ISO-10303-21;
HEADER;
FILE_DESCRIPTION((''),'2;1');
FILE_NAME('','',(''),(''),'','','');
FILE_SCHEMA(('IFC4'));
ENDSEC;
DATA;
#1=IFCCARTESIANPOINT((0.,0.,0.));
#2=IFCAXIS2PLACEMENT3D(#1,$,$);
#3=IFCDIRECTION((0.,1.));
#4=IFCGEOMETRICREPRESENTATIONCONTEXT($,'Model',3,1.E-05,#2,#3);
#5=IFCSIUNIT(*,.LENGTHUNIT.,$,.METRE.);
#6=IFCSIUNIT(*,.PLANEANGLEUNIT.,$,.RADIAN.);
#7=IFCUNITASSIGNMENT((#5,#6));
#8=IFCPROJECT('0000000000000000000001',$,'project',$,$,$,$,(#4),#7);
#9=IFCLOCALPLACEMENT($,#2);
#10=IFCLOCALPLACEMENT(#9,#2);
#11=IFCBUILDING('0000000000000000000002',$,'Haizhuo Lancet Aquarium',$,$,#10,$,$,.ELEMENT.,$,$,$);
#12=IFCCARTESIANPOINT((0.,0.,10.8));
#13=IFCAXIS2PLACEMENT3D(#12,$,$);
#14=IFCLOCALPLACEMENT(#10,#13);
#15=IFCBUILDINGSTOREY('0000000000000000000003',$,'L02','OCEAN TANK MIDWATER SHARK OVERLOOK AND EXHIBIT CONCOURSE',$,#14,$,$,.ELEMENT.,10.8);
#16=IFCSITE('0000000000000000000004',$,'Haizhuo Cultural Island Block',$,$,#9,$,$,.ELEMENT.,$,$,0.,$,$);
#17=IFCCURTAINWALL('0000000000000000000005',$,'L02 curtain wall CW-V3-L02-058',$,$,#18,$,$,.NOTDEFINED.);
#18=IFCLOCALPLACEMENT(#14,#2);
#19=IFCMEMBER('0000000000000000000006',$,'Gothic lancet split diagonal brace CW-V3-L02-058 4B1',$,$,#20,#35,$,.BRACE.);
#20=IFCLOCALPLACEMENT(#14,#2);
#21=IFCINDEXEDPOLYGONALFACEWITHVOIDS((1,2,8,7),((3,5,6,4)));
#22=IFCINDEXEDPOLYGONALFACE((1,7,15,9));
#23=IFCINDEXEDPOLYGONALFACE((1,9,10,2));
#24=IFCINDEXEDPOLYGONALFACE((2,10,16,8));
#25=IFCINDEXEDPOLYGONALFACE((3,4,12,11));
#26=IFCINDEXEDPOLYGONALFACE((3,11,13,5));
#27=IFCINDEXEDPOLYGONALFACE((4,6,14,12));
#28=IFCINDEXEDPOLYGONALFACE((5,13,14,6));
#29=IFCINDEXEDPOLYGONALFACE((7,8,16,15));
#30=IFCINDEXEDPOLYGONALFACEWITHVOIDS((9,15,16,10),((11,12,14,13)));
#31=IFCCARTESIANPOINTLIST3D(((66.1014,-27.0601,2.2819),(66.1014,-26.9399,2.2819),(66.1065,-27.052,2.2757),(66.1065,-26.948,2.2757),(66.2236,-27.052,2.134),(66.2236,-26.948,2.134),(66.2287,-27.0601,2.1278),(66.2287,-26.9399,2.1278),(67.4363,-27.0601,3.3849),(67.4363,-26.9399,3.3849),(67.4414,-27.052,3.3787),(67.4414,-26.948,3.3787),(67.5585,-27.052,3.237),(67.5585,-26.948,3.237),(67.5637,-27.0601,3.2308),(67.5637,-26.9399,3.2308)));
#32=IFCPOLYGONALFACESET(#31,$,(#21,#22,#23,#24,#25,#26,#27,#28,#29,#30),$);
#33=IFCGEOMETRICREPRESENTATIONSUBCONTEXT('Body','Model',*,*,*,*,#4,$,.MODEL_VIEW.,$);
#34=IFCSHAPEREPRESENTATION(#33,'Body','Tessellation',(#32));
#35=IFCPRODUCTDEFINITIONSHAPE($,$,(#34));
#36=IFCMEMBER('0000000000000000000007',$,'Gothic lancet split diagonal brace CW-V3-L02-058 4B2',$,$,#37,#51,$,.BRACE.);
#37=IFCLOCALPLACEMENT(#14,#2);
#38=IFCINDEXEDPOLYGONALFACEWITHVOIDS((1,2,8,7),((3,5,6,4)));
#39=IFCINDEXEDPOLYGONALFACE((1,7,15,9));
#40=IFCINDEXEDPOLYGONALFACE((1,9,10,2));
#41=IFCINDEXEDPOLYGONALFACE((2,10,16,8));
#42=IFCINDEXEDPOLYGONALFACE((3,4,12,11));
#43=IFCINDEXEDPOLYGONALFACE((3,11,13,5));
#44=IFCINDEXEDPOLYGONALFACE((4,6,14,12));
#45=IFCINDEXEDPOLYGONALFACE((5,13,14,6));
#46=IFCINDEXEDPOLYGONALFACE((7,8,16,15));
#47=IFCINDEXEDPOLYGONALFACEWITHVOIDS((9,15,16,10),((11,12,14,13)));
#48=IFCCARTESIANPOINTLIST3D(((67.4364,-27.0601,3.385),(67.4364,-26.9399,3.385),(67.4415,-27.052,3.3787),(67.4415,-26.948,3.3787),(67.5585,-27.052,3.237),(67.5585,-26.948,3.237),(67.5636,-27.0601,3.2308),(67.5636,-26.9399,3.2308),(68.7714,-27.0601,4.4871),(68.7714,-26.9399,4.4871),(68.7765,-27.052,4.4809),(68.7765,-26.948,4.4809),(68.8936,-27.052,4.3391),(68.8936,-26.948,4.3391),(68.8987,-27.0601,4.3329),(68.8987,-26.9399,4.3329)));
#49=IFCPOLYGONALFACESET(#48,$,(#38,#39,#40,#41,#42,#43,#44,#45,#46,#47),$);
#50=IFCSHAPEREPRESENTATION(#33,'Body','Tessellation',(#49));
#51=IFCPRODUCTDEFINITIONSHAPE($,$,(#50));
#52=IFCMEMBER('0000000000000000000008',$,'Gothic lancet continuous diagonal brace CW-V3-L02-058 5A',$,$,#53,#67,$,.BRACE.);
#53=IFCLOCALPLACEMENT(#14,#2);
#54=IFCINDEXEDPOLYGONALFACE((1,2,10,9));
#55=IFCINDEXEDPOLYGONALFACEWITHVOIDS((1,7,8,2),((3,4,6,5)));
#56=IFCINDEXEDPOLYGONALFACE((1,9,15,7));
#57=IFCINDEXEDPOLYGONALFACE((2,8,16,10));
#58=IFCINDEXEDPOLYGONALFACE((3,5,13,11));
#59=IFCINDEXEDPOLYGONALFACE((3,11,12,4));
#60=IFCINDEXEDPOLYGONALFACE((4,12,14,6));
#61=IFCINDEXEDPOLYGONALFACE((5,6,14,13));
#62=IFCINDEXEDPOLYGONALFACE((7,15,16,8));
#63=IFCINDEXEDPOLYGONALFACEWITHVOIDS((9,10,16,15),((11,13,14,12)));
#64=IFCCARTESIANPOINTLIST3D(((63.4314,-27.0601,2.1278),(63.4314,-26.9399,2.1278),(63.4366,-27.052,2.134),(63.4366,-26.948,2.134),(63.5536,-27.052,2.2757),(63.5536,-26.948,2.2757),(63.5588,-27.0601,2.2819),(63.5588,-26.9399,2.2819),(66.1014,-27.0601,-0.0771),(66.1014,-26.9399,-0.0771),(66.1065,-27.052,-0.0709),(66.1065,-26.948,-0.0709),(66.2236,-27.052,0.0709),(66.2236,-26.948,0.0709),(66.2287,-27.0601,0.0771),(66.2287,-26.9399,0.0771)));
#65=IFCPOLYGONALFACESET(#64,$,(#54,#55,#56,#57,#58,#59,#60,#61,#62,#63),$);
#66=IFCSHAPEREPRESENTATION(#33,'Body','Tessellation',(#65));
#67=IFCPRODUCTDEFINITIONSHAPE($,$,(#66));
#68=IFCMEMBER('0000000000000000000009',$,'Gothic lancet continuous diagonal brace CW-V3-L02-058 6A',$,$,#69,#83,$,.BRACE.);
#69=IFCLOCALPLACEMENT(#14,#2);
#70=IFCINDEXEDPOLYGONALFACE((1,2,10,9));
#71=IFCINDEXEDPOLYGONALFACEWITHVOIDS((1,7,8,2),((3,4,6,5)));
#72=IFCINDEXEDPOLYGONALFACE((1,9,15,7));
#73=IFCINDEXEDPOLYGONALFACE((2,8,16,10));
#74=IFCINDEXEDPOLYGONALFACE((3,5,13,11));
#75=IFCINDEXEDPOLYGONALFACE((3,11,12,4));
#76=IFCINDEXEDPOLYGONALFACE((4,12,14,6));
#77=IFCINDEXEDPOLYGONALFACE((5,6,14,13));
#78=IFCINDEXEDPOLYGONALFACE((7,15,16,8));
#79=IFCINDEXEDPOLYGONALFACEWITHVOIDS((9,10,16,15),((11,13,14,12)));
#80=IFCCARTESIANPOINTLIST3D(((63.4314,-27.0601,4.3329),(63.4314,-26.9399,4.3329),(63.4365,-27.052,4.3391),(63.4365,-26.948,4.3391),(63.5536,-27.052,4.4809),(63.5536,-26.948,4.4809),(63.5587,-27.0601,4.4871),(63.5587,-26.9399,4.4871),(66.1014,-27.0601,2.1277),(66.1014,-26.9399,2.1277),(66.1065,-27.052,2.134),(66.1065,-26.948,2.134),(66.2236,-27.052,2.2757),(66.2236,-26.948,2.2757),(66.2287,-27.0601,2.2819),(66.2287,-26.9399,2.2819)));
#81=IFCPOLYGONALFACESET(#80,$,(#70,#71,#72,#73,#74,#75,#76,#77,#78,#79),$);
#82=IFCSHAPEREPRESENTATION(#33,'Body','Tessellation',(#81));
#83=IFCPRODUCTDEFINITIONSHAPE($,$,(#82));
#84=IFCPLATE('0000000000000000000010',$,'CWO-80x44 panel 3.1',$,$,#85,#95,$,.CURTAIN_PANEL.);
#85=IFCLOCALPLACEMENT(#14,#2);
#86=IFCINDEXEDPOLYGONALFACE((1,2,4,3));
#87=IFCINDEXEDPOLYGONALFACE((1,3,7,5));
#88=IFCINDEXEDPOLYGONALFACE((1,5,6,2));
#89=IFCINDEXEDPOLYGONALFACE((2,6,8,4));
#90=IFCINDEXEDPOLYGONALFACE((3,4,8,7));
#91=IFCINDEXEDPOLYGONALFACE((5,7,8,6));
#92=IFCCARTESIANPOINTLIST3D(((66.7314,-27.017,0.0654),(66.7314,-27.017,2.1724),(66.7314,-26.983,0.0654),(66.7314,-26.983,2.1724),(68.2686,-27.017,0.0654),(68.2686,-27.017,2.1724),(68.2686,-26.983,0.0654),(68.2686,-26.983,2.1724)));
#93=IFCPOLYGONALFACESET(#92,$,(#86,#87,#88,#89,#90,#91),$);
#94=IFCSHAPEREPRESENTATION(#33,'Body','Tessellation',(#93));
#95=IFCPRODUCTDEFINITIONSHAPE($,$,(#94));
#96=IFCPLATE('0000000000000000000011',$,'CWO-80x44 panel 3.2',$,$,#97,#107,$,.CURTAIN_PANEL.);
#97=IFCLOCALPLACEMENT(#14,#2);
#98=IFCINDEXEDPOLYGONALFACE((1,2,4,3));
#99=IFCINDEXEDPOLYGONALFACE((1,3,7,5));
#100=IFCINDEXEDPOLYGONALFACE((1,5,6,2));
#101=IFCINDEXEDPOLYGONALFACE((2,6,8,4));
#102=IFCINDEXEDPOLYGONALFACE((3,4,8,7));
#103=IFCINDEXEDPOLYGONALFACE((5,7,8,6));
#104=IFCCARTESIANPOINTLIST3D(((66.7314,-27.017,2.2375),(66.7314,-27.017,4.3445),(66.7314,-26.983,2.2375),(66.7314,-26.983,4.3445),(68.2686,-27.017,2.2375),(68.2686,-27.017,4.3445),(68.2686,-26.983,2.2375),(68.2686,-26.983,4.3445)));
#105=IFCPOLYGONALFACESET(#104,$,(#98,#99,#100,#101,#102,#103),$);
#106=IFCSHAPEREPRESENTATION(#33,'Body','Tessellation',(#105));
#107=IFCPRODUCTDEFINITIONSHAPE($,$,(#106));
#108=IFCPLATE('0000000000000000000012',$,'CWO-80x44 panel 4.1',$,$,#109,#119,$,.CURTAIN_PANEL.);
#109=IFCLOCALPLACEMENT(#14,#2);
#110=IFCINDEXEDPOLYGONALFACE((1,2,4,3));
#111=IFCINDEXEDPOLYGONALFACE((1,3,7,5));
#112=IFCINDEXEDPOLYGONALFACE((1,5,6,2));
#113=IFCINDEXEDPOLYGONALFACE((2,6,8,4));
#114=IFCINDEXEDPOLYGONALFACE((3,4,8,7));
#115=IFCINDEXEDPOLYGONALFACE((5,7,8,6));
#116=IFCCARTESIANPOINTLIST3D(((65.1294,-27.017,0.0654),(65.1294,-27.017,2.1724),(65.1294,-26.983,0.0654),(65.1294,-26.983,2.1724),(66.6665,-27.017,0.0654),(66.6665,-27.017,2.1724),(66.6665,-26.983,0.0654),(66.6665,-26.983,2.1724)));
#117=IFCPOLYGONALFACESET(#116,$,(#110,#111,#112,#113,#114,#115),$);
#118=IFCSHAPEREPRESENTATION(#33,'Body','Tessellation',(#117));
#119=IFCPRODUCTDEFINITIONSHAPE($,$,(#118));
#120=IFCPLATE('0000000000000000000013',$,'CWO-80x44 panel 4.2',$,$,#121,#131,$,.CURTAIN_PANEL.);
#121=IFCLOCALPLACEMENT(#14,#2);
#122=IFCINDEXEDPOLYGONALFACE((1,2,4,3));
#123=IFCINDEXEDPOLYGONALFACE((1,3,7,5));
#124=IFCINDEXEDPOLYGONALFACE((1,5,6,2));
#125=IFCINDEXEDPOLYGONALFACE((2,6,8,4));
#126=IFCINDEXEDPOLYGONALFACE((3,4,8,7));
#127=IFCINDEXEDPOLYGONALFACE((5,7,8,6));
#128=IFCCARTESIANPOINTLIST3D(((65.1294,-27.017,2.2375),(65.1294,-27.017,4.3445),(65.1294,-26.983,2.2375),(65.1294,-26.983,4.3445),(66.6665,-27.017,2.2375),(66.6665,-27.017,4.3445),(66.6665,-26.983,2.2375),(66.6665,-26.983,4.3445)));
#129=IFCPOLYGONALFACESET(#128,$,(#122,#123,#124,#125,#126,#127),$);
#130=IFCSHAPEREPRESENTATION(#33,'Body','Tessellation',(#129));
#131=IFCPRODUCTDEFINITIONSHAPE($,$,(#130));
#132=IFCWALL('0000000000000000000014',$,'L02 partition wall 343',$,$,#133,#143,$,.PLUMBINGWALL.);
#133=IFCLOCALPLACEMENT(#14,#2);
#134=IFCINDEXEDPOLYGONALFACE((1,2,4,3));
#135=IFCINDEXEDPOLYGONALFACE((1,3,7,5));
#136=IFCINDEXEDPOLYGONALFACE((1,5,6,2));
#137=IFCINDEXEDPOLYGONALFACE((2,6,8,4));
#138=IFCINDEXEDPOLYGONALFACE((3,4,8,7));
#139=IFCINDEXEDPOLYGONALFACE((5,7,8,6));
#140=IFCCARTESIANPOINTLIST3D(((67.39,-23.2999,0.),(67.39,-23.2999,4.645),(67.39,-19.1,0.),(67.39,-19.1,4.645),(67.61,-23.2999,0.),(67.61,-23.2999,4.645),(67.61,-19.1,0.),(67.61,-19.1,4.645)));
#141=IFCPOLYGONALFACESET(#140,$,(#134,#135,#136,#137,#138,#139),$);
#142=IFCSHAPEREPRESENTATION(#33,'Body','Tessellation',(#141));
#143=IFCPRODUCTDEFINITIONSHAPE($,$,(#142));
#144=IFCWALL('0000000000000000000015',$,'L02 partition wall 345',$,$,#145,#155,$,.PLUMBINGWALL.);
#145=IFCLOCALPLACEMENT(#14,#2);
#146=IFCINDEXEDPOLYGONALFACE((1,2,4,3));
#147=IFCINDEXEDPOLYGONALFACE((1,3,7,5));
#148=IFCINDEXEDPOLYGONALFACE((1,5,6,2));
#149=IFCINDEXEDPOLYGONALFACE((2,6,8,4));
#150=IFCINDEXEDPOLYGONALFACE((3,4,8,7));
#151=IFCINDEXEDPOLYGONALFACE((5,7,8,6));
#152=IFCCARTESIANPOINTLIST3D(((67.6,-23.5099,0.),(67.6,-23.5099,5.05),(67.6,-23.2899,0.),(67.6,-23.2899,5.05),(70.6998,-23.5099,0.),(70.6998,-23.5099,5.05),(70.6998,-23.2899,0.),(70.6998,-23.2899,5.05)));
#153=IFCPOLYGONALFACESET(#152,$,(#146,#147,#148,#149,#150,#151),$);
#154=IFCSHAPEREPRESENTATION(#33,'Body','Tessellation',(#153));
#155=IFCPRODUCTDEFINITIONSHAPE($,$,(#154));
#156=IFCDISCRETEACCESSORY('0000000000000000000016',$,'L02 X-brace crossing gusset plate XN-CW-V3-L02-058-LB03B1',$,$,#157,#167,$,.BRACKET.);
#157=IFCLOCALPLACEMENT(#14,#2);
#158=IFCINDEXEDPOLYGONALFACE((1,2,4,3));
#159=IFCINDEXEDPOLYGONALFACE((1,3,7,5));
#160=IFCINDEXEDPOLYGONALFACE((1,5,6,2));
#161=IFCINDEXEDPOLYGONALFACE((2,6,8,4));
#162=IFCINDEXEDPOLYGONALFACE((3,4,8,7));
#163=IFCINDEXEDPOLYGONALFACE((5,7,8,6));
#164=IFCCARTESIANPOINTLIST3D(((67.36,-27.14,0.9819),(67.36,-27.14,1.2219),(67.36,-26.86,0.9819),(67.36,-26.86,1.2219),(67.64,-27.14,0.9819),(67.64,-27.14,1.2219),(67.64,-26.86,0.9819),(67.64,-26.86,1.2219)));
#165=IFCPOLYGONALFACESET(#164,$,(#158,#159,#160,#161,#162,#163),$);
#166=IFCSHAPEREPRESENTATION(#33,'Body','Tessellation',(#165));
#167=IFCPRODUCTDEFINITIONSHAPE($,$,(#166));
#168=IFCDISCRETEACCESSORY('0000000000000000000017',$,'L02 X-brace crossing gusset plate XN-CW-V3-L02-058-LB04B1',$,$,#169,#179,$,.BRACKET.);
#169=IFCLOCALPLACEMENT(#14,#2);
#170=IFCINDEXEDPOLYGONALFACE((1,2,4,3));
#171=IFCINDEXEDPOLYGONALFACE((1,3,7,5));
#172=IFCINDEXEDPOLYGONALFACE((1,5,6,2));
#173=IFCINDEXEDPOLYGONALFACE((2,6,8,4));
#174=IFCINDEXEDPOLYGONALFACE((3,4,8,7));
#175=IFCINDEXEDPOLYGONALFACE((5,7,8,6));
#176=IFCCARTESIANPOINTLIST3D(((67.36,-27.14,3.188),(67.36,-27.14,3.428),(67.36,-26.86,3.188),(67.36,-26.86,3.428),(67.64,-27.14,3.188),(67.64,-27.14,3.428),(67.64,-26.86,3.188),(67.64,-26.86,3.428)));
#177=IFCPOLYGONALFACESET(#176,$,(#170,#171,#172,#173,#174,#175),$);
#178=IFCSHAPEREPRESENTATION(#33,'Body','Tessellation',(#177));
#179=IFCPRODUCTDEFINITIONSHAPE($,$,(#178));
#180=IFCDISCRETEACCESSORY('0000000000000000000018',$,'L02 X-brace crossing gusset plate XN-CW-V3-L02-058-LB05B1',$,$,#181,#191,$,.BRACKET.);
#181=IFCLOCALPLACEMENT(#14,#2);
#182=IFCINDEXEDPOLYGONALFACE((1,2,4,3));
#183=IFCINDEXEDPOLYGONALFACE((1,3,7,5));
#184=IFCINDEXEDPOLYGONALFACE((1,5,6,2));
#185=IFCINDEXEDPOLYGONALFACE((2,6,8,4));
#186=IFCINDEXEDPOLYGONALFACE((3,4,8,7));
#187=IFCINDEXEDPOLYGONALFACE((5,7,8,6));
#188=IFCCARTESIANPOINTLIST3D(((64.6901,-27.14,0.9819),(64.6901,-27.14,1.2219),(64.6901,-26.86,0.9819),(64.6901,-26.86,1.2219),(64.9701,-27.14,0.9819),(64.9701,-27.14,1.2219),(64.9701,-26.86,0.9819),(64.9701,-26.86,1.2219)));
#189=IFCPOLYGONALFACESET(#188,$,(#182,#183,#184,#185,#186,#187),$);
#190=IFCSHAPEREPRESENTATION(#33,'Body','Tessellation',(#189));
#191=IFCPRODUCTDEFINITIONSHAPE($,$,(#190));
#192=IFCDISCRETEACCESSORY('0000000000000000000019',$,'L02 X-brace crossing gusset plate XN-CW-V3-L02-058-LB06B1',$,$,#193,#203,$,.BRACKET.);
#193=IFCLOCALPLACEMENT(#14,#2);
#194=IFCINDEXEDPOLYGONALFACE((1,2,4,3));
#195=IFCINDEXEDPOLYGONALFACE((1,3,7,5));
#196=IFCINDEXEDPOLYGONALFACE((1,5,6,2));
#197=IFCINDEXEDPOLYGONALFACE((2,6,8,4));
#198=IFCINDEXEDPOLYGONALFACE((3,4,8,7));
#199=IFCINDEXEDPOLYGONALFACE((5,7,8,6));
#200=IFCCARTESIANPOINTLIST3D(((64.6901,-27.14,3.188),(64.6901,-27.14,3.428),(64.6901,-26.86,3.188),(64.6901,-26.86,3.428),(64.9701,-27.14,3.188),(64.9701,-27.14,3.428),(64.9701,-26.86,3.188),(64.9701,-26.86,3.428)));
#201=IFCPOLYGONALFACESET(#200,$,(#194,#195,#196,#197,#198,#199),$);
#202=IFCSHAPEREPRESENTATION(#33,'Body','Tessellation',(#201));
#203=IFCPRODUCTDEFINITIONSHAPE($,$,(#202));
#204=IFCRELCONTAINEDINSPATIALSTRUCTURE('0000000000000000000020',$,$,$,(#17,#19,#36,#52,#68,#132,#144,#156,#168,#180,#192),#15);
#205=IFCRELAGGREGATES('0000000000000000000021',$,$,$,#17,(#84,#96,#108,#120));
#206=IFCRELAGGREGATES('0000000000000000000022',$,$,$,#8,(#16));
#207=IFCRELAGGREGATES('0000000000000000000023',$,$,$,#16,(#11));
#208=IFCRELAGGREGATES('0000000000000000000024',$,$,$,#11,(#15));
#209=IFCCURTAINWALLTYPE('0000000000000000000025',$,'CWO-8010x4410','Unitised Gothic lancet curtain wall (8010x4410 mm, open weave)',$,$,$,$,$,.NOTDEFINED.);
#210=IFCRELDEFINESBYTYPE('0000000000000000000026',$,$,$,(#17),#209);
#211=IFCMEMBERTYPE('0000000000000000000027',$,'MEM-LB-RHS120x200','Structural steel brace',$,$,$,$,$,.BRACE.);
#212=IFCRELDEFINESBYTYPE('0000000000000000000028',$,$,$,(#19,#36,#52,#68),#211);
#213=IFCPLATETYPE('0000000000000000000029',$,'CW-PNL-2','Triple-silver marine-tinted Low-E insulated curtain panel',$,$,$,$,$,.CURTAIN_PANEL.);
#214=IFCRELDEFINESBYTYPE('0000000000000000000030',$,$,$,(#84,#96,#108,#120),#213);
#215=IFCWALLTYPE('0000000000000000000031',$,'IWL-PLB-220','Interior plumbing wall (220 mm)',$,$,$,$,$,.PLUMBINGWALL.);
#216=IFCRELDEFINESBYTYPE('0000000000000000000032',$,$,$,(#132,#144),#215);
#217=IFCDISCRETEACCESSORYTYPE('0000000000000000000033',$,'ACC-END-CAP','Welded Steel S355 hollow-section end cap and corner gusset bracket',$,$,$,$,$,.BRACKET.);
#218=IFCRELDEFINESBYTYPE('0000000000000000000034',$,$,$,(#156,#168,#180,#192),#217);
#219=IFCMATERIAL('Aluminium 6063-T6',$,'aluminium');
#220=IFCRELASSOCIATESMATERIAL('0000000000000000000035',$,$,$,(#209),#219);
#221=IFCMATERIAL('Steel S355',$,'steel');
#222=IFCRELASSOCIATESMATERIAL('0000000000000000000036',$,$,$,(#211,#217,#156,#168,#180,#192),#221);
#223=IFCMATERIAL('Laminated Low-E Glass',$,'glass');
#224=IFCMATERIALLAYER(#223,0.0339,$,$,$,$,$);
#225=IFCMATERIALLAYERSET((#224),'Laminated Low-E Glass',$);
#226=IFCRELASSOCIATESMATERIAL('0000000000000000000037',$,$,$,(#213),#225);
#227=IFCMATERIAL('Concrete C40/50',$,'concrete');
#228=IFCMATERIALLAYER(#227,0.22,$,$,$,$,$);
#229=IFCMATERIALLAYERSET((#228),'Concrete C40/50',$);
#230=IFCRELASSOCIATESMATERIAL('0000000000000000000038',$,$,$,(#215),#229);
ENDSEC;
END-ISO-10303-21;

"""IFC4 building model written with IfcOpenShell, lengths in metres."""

from ifc_helpers import new_model, si_unit, direction, frame, frame_2d, origin, origin_2d, place, context, subcontext, project, spatial, rectangle, hollow_rectangle, extrude, material, layer, layer_set, material_profile, profile_set, type_object, element, aggregate, save


model = new_model("IFC4")

# Units and contexts
model_context = context("Model", 3, precision=1e-05, world=origin(), true_north=direction((0.0, 1.0)))
body_context = subcontext(model_context, "Body", "Model", "MODEL_VIEW")
ifc_project = project(units=[si_unit("LENGTHUNIT", "METRE"), si_unit("PLANEANGLEUNIT", "RADIAN")], contexts=[model_context])

# Site, building, storey
site_placement = place(None, origin())
site = spatial("IfcSite", under=ifc_project, at=site_placement, Name="Haizhuo Cultural Island Block", CompositionType="ELEMENT", RefElevation=0.0)
building_placement = place(site_placement, origin())
building = spatial("IfcBuilding", under=site, at=building_placement, Name="Haizhuo Lancet Aquarium", CompositionType="ELEMENT")
storey_placement = place(building_placement, frame((0.0, 0.0, 10.8)))
storey = spatial("IfcBuildingStorey", under=building, at=storey_placement, Name="L02", Description="OCEAN TANK MIDWATER SHARK OVERLOOK AND EXHIBIT CONCOURSE", CompositionType="ELEMENT", Elevation=10.8)

# Curtain wall
ifc_material_1 = material(Name="Aluminium 6063-T6", Category="aluminium")
curtain_wall_type = type_object("IfcCurtainWallType", Name="CWO-8010x4410", Description="Unitised Gothic lancet curtain wall (8010x4410 mm, open weave)", PredefinedType="NOTDEFINED", material=ifc_material_1)
curtain_wall_placement = place(storey_placement, origin())
curtain_wall = element("IfcCurtainWall", 1, at=curtain_wall_placement, inside=storey, type_object=curtain_wall_type, Name="L02 curtain wall CW-V3-L02-058", PredefinedType="NOTDEFINED")

# Members
ifc_material_2 = material(Name="Steel S355", Category="steel")
ifc_material_profile_1 = material_profile(ifc_material_2, hollow_rectangle(XDim=0.1201, YDim=0.2, WallThickness=0.0081, at=origin_2d()), Name="RHS 120x200x8")
ifc_profile_set_1 = profile_set([ifc_material_profile_1], Name="Steel S355")
member_type_1 = type_object("IfcMemberType", Name="MEM-LB-RHS120x200", Description="Structural steel brace", PredefinedType="BRACE", material=ifc_profile_set_1)
member_1_placement = place(storey_placement, frame((66.165, -27.0, 2.2048), z_axis=(0.770896, 0.0, 0.636962), x_axis=(0.0, 1.0, 0.0)))
element("IfcMember", 2, at=member_1_placement, inside=storey, type_object=member_type_1, Name="Gothic lancet split diagonal brace CW-V3-L02-058 4B1", PredefinedType="BRACE", context=body_context, shape_type="SweptSolid", body=[
    extrude(hollow_rectangle(XDim=0.1201, YDim=0.2, WallThickness=0.0081, at=origin_2d()), origin(), (0.0, 0.0, 1.0), 1.7317),
])
member_2_placement = place(storey_placement, frame((67.5, -27.0, 3.3079), z_axis=(0.771172, 0.0, 0.636626), x_axis=(0.0, 1.0, 0.0)))
element("IfcMember", 3, at=member_2_placement, inside=storey, type_object=member_type_1, Name="Gothic lancet split diagonal brace CW-V3-L02-058 4B2", PredefinedType="BRACE", context=body_context, shape_type="SweptSolid", body=[
    extrude(hollow_rectangle(XDim=0.1201, YDim=0.2, WallThickness=0.0081, at=origin_2d()), origin(), (0.0, 0.0, 1.0), 1.7312),
])
member_3_placement = place(storey_placement, frame((66.165, -27.0, 0.0), z_axis=(-0.771069, 0.0, 0.636752), x_axis=(0.0, -1.0, 0.0)))
element("IfcMember", 4, at=member_3_placement, inside=storey, type_object=member_type_1, Name="Gothic lancet continuous diagonal brace CW-V3-L02-058 5A", PredefinedType="BRACE", context=body_context, shape_type="SweptSolid", body=[
    extrude(hollow_rectangle(XDim=0.1201, YDim=0.2, WallThickness=0.0081, at=origin_2d()), origin(), (0.0, 0.0, 1.0), 3.4626),
])
member_4_placement = place(storey_placement, frame((66.165, -27.0, 2.2048), z_axis=(-0.771034, 0.0, 0.636794), x_axis=(0.0, -1.0, 0.0)))
element("IfcMember", 5, at=member_4_placement, inside=storey, type_object=member_type_1, Name="Gothic lancet continuous diagonal brace CW-V3-L02-058 6A", PredefinedType="BRACE", context=body_context, shape_type="SweptSolid", body=[
    extrude(hollow_rectangle(XDim=0.1201, YDim=0.2, WallThickness=0.0081, at=origin_2d()), origin(), (0.0, 0.0, 1.0), 3.4629),
])

# Plates
ifc_material_3 = material(Name="Laminated Low-E Glass", Category="glass")
ifc_layer_1 = layer(ifc_material_3, 0.0339)
ifc_layer_set_1 = layer_set([ifc_layer_1], Name="Laminated Low-E Glass")
plate_type = type_object("IfcPlateType", Name="CW-PNL-2", Description="Triple-silver marine-tinted Low-E insulated curtain panel", PredefinedType="CURTAIN_PANEL", material=ifc_layer_set_1)
plate_1_placement = place(storey_placement, frame((67.5, -27.0, 0.0654), z_axis=(0.0, 0.0, 1.0), x_axis=(-1.0, 0.0, 0.0)))
plate_1 = element("IfcPlate", 6, at=plate_1_placement, type_object=plate_type, Name="CWO-80x44 panel 3.1", PredefinedType="CURTAIN_PANEL", context=body_context, shape_type="SweptSolid", body=[
    extrude(rectangle(XDim=1.5371, YDim=0.0339, at=origin_2d()), origin(), (0.0, 0.0, 1.0), 2.1069),
])
plate_2_placement = place(storey_placement, frame((67.5, -27.0, 2.2375), z_axis=(0.0, 0.0, 1.0), x_axis=(-1.0, 0.0, 0.0)))
plate_2 = element("IfcPlate", 7, at=plate_2_placement, type_object=plate_type, Name="CWO-80x44 panel 3.2", PredefinedType="CURTAIN_PANEL", context=body_context, shape_type="SweptSolid", body=[
    extrude(rectangle(XDim=1.5371, YDim=0.0339, at=origin_2d()), origin(), (0.0, 0.0, 1.0), 2.1069),
])
plate_3_placement = place(storey_placement, frame((65.8979, -27.0, 0.0654), z_axis=(0.0, 0.0, 1.0), x_axis=(-1.0, 0.0, 0.0)))
plate_3 = element("IfcPlate", 8, at=plate_3_placement, type_object=plate_type, Name="CWO-80x44 panel 4.1", PredefinedType="CURTAIN_PANEL", context=body_context, shape_type="SweptSolid", body=[
    extrude(rectangle(XDim=1.5371, YDim=0.0339, at=origin_2d()), origin(), (0.0, 0.0, 1.0), 2.1069),
])
plate_4_placement = place(storey_placement, frame((65.8979, -27.0, 2.2375), z_axis=(0.0, 0.0, 1.0), x_axis=(-1.0, 0.0, 0.0)))
plate_4 = element("IfcPlate", 9, at=plate_4_placement, type_object=plate_type, Name="CWO-80x44 panel 4.2", PredefinedType="CURTAIN_PANEL", context=body_context, shape_type="SweptSolid", body=[
    extrude(rectangle(XDim=1.5371, YDim=0.0339, at=origin_2d()), origin(), (0.0, 0.0, 1.0), 2.1069),
])
aggregate(curtain_wall, [plate_1, plate_2, plate_3, plate_4])

# Walls
ifc_material_4 = material(Name="Concrete C40/50", Category="concrete")
ifc_layer_2 = layer(ifc_material_4, 0.22)
ifc_layer_set_2 = layer_set([ifc_layer_2], Name="Concrete C40/50")
wall_type = type_object("IfcWallType", Name="IWL-PLB-220", Description="Interior plumbing wall (220 mm)", PredefinedType="PLUMBINGWALL", material=ifc_layer_set_2)
wall_1_placement = place(storey_placement, frame((67.5, -23.3, 0.0), z_axis=(0.0, 0.0, 1.0), x_axis=(0.0, 1.0, 0.0)))
element("IfcWall", 10, at=wall_1_placement, inside=storey, type_object=wall_type, Name="L02 partition wall 343", PredefinedType="PLUMBINGWALL", context=body_context, shape_type="SweptSolid", body=[
    extrude(rectangle(XDim=4.2, YDim=0.22, at=frame_2d((2.1001, 0.0))), origin(), (0.0, 0.0, 1.0), 4.645),
])
wall_2_placement = place(storey_placement, frame((67.6001, -23.3999, 0.0), z_axis=(0.0, 0.0, 1.0), x_axis=(1.0, 0.0, 0.0)))
element("IfcWall", 11, at=wall_2_placement, inside=storey, type_object=wall_type, Name="L02 partition wall 345", PredefinedType="PLUMBINGWALL", context=body_context, shape_type="SweptSolid", body=[
    extrude(rectangle(XDim=3.0999, YDim=0.22, at=frame_2d((1.5498, 0.0))), origin(), (0.0, 0.0, 1.0), 5.05),
])

# Discrete accessories
discrete_accessory_type = type_object("IfcDiscreteAccessoryType", Name="ACC-END-CAP", Description="Welded Steel S355 hollow-section end cap and corner gusset bracket", PredefinedType="BRACKET", material=ifc_material_2)
for number, where, z_axis, x_axis, name in (
    (12, (67.5, -27.0, 0.9819), (0.0, 0.0, 1.0), (1.0, 0.0, 0.0), "L02 X-brace crossing gusset plate XN-CW-V3-L02-058-LB03B1"),
    (13, (67.5, -27.0, 3.188), (0.0, 0.0, 1.0), (1.0, 0.0, 0.0), "L02 X-brace crossing gusset plate XN-CW-V3-L02-058-LB04B1"),
    (14, (64.8301, -27.0, 0.9819), (0.0, 0.0, 1.0), (1.0, 0.0, 0.0), "L02 X-brace crossing gusset plate XN-CW-V3-L02-058-LB05B1"),
    (15, (64.8301, -27.0, 3.188), (0.0, 0.0, 1.0), (1.0, 0.0, 0.0), "L02 X-brace crossing gusset plate XN-CW-V3-L02-058-LB06B1"),
):
    element("IfcDiscreteAccessory", number, at=place(storey_placement, frame(where, z_axis=z_axis, x_axis=x_axis)), inside=storey, type_object=discrete_accessory_type, material=ifc_material_2, Name=name, PredefinedType="BRACKET", context=body_context, shape_type="SweptSolid", body=[
        extrude(rectangle(XDim=0.28, YDim=0.28, at=origin_2d()), origin(), (0.0, 0.0, 1.0), 0.24),
    ])

save(model, "model.ifc")
